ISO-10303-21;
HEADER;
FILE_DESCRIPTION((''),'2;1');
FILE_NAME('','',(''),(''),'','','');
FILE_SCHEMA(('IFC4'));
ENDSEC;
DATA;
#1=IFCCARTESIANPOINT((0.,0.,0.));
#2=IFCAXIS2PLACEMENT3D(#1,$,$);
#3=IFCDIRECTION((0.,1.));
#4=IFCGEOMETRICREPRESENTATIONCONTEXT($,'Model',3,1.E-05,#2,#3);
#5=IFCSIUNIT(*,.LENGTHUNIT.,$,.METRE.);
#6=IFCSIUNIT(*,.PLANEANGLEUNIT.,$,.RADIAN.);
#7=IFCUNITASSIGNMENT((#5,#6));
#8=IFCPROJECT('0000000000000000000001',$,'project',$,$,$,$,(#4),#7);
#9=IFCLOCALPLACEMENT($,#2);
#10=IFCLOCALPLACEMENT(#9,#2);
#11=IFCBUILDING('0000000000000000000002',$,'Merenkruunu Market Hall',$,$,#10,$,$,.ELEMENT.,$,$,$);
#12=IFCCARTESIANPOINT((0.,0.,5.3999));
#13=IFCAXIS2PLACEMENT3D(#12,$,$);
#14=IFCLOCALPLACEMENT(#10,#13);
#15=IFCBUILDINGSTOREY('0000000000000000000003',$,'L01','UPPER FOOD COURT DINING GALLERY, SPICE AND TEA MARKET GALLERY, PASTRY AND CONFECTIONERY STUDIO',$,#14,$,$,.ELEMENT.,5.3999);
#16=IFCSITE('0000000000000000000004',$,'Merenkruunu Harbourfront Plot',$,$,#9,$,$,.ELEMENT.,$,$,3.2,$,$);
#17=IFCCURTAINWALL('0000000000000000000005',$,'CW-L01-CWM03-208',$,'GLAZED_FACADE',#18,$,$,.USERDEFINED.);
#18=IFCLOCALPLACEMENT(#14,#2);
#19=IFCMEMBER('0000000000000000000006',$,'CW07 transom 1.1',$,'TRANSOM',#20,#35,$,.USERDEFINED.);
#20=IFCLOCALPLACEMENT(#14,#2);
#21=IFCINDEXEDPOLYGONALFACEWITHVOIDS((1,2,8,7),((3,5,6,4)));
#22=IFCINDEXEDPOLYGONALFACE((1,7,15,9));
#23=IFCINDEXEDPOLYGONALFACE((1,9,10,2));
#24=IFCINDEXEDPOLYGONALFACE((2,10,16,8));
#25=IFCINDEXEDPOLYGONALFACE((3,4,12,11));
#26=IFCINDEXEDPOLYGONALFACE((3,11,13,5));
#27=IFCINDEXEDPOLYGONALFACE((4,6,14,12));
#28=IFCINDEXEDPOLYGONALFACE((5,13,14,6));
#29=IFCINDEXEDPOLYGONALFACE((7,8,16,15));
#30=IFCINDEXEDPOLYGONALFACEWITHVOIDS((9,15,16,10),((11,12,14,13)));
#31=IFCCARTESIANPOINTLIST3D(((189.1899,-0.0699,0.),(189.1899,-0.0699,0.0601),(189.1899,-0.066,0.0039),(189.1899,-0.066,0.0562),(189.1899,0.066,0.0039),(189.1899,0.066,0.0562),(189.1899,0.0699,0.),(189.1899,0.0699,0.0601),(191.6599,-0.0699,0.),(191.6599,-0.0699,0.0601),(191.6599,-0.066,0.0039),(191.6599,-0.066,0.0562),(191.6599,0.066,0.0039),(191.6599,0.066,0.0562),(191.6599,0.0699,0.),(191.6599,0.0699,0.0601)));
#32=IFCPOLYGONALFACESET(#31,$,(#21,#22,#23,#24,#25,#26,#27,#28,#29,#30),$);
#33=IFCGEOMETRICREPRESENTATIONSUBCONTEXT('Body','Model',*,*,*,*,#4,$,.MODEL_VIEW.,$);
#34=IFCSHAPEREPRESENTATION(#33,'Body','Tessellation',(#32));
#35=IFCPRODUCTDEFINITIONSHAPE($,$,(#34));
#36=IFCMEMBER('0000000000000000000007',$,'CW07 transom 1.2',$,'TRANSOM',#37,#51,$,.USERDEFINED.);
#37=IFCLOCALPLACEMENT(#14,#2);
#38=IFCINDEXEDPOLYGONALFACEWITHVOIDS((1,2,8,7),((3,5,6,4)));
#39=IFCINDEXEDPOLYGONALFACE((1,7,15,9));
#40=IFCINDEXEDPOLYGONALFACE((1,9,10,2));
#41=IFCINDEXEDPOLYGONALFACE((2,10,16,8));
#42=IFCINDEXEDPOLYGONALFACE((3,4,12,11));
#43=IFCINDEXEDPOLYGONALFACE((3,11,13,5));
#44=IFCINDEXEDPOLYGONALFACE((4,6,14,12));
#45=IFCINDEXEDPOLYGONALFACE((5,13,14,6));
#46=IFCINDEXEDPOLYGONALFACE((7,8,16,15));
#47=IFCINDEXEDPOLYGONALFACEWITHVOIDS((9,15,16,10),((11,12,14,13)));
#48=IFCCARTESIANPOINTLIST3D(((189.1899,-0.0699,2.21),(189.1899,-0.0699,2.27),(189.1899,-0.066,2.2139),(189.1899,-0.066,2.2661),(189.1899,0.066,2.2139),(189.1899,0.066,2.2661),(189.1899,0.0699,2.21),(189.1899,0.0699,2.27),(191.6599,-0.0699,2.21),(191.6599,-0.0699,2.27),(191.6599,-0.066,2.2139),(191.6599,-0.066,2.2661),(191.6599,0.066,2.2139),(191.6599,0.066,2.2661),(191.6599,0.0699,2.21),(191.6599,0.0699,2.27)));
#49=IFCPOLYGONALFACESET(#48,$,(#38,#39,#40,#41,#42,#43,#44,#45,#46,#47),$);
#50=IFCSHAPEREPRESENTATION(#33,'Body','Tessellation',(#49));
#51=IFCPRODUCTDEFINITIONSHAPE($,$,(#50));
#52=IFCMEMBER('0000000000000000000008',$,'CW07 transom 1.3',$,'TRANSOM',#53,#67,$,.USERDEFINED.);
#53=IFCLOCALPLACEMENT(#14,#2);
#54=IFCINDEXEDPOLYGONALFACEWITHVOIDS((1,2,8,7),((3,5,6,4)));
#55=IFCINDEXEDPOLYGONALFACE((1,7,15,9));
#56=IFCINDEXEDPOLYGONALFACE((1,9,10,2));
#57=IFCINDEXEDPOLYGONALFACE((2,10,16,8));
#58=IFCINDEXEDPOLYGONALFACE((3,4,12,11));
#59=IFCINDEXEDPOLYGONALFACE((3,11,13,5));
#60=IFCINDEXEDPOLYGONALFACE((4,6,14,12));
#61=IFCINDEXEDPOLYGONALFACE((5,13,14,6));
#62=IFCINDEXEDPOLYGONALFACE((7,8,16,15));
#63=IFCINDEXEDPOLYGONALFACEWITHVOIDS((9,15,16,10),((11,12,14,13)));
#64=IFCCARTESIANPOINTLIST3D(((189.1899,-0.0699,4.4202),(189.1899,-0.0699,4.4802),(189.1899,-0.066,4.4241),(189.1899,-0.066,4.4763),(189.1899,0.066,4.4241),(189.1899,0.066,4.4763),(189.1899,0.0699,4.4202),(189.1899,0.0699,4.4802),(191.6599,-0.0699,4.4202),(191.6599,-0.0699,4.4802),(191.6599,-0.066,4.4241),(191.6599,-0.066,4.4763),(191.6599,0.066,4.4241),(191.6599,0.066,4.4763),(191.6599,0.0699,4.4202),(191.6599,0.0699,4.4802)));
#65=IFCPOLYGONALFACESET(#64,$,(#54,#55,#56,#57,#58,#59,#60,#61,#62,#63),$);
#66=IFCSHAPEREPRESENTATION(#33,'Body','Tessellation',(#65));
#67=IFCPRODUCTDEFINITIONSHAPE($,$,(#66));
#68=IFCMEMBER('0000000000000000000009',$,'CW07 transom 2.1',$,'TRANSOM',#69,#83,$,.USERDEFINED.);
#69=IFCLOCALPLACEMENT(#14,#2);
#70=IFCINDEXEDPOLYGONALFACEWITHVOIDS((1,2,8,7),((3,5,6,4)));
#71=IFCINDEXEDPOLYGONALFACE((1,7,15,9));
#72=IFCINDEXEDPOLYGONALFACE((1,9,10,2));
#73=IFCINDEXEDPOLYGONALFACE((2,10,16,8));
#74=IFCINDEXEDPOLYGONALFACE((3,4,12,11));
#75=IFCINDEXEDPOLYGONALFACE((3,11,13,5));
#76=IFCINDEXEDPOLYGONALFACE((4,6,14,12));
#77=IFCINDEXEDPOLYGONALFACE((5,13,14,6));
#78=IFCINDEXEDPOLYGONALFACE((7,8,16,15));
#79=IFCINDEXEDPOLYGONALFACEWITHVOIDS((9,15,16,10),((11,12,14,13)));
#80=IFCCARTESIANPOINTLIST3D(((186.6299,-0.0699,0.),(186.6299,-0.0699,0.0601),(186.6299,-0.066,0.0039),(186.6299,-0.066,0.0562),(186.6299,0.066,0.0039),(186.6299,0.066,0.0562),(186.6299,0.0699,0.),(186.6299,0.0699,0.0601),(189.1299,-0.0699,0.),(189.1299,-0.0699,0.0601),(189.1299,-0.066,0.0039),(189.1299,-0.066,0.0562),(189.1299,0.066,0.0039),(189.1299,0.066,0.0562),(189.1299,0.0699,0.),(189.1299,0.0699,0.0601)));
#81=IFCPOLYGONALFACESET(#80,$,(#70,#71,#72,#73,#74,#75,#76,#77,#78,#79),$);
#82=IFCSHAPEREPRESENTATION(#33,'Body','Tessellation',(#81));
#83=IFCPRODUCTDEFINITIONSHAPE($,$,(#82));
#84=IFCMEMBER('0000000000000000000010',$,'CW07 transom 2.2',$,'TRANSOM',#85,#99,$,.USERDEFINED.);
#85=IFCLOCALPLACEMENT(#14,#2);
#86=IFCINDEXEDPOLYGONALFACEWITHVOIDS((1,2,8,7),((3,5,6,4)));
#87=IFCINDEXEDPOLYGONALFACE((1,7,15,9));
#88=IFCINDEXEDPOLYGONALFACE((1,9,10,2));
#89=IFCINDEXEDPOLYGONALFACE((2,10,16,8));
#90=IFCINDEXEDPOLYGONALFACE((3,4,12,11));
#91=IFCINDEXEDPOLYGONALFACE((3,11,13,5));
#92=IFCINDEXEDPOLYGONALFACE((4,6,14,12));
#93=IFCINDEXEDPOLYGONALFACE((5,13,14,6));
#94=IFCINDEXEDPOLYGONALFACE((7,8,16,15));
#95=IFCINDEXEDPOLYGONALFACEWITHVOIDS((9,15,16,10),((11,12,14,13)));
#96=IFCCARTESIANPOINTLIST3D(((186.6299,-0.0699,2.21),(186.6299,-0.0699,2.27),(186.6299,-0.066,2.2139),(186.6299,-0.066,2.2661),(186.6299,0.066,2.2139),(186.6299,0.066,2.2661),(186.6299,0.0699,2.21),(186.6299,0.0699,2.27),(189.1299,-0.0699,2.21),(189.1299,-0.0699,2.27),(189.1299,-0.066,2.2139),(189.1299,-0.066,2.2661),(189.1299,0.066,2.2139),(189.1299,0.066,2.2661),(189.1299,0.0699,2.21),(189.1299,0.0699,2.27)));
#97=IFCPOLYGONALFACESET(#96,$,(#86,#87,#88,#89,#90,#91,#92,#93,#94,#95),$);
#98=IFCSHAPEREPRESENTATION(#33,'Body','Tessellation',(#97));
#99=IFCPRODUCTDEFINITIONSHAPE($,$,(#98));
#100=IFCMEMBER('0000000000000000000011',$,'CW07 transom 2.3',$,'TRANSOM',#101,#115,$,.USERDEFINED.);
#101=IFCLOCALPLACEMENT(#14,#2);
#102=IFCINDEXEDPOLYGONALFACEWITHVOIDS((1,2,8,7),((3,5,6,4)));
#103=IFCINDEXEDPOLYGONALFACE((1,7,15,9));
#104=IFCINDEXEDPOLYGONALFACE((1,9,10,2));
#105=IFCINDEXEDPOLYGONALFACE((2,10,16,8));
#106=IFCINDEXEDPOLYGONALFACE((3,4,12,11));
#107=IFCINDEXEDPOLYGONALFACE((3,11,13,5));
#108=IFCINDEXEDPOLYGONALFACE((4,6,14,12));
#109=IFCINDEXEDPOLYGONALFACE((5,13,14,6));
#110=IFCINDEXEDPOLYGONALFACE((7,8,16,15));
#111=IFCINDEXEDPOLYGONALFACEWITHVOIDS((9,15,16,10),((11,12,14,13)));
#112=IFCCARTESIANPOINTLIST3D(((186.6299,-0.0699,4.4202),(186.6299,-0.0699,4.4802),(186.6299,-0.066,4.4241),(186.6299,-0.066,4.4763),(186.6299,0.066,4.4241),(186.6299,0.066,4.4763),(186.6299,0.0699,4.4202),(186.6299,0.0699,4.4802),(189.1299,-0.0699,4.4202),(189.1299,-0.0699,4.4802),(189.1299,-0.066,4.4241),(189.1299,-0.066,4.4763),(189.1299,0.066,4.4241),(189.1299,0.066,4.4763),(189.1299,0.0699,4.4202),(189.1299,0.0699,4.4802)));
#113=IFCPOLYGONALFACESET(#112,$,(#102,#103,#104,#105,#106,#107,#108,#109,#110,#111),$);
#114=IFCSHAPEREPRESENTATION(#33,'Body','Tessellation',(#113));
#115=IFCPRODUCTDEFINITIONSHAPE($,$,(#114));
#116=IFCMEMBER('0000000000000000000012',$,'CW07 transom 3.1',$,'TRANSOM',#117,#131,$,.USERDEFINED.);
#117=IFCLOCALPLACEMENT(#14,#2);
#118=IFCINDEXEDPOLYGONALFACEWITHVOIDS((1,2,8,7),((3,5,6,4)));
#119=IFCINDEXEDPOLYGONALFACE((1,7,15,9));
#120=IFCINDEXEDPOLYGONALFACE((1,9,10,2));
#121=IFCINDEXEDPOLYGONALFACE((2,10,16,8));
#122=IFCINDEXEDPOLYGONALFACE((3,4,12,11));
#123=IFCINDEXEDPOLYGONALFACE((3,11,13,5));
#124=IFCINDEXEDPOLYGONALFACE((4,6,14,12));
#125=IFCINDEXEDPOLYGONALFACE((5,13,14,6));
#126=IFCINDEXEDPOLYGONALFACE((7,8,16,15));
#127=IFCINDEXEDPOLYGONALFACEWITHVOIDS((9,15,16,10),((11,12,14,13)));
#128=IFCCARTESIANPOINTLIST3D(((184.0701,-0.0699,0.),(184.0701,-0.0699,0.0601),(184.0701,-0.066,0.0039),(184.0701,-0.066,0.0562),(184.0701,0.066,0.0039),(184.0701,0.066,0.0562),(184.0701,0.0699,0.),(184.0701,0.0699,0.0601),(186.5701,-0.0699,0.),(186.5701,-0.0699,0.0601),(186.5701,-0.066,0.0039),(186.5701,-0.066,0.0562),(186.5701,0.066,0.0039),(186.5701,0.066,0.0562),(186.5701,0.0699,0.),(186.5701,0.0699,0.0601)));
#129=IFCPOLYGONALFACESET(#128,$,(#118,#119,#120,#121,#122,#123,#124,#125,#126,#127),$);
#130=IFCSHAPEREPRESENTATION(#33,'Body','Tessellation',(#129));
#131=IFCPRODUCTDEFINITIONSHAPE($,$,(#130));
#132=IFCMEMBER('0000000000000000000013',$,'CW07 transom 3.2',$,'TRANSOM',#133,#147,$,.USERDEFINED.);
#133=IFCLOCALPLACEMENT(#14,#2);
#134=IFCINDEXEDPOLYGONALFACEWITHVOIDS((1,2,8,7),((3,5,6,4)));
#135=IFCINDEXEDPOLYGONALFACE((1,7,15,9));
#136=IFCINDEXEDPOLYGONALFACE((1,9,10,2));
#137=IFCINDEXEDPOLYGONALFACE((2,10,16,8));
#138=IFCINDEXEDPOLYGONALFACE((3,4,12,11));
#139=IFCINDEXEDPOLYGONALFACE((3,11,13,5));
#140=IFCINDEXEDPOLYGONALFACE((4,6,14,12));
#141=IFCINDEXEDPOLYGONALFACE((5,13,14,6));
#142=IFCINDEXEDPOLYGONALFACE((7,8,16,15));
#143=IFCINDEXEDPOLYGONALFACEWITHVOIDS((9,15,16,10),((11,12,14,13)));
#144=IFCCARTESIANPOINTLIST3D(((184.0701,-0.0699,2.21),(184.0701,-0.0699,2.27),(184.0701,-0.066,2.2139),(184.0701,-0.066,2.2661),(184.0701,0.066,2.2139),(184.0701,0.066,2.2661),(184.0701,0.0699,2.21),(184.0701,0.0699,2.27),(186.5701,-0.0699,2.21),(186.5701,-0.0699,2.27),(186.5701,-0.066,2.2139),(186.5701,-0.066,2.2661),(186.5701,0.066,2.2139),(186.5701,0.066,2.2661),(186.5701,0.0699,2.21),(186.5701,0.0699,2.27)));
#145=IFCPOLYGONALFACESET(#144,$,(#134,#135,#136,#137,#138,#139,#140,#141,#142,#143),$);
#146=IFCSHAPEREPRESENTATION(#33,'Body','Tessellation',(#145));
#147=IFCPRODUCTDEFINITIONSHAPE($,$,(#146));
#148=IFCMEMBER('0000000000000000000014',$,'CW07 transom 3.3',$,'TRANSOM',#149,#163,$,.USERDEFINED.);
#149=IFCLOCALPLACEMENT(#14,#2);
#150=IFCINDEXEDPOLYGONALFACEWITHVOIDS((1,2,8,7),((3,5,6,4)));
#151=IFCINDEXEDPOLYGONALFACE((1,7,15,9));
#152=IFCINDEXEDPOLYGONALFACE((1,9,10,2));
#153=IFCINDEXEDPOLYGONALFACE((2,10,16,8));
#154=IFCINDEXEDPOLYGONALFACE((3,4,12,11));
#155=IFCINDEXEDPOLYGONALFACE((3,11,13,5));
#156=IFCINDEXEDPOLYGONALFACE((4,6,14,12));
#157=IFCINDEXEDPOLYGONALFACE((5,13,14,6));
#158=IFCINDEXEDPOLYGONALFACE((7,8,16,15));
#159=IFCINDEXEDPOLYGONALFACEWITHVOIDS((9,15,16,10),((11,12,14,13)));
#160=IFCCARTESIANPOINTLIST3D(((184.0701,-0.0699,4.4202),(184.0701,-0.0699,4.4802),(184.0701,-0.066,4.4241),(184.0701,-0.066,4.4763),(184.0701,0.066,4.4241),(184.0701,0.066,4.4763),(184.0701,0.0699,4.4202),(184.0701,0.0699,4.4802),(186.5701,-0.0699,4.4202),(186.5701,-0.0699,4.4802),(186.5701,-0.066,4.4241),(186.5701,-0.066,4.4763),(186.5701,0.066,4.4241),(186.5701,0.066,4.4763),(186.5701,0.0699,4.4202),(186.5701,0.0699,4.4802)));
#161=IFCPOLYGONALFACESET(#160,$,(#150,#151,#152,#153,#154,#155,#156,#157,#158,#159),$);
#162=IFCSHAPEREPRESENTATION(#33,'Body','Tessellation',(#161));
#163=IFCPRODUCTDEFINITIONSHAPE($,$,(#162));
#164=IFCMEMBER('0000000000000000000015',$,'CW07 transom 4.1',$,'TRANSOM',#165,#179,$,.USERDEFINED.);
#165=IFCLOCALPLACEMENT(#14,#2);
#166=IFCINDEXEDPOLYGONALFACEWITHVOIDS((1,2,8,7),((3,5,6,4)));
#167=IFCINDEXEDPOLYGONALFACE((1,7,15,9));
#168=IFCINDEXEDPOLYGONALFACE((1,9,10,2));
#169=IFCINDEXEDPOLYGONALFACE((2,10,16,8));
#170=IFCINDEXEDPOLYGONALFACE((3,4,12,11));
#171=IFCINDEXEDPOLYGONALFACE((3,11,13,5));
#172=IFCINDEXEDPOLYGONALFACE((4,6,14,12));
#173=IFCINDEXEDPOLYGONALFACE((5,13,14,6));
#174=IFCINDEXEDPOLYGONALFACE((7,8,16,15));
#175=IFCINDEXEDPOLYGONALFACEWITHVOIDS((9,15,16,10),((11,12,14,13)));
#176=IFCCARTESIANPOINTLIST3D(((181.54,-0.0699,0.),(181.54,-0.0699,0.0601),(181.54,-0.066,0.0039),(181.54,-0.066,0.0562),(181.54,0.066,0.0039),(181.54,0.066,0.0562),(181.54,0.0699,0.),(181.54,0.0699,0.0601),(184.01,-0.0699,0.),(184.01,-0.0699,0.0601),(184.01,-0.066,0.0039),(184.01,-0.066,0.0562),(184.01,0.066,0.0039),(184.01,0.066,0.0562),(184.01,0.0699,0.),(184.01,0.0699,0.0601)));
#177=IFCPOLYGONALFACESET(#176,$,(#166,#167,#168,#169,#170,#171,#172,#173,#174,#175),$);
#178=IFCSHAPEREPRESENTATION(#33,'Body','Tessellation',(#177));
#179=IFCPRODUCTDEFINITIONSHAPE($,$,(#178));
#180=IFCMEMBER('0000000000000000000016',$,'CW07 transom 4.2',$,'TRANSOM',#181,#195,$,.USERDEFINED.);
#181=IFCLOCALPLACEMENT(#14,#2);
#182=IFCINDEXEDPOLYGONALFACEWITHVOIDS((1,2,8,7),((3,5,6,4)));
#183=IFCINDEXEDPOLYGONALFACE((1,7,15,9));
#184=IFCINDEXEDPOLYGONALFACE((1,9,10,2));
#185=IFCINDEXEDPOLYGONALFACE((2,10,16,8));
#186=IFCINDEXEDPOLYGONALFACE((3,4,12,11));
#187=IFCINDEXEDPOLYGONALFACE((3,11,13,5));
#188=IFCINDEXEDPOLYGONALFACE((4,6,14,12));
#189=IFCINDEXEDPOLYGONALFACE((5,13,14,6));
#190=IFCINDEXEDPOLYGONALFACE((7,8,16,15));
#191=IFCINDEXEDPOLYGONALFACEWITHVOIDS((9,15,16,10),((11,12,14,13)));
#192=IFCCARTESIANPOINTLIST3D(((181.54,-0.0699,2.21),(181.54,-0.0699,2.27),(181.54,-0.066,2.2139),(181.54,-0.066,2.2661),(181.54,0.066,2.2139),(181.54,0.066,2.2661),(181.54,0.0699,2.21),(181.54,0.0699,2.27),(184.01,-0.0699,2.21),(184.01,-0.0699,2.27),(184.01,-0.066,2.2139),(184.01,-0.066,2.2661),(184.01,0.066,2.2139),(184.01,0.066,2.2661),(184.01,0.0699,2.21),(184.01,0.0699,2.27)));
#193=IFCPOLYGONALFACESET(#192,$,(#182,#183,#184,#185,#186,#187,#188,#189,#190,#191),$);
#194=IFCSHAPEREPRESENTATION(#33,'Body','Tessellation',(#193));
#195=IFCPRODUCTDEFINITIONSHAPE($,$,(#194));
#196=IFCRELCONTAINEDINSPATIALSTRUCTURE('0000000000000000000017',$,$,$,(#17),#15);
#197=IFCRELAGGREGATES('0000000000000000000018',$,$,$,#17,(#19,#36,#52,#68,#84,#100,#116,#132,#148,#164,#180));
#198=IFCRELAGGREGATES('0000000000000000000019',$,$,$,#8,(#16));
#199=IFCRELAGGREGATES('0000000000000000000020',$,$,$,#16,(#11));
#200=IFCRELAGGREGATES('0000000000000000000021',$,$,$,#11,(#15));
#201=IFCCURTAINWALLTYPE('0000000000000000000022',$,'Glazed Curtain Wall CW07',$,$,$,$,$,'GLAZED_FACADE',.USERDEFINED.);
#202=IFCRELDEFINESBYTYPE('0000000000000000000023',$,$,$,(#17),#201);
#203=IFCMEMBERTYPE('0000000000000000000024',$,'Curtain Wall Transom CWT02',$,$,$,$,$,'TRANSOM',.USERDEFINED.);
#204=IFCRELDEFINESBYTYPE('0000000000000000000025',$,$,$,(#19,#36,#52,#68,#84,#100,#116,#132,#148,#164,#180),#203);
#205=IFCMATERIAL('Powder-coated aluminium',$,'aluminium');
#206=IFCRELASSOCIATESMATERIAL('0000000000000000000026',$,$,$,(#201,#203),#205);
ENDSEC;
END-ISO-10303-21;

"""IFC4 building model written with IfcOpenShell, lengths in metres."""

from ifc_helpers import new_model, si_unit, direction, frame, origin, origin_2d, place, context, subcontext, project, spatial, hollow_rectangle, extrude, material, material_profile, profile_set, type_object, element, aggregate, save


model = new_model("IFC4")

# Units and contexts
model_context = context("Model", 3, precision=1e-05, world=origin(), true_north=direction((0.0, 1.0)))
body_context = subcontext(model_context, "Body", "Model", "MODEL_VIEW")
ifc_project = project(units=[si_unit("LENGTHUNIT", "METRE"), si_unit("PLANEANGLEUNIT", "RADIAN")], contexts=[model_context])

# Site, building, storey
site_placement = place(None, origin())
site = spatial("IfcSite", under=ifc_project, at=site_placement, Name="Merenkruunu Harbourfront Plot", CompositionType="ELEMENT", RefElevation=3.2)
building_placement = place(site_placement, origin())
building = spatial("IfcBuilding", under=site, at=building_placement, Name="Merenkruunu Market Hall", CompositionType="ELEMENT")
storey_placement = place(building_placement, frame((0.0, 0.0, 5.3999)))
storey = spatial("IfcBuildingStorey", under=building, at=storey_placement, Name="L01", Description="UPPER FOOD COURT DINING GALLERY, SPICE AND TEA MARKET GALLERY, PASTRY AND CONFECTIONERY STUDIO", CompositionType="ELEMENT", Elevation=5.3999)

# Curtain wall
ifc_material_1 = material(Name="Powder-coated aluminium", Category="aluminium")
curtain_wall_type = type_object("IfcCurtainWallType", Name="Glazed Curtain Wall CW07", ElementType="GLAZED_FACADE", PredefinedType="USERDEFINED", material=ifc_material_1)
curtain_wall_1_placement = place(storey_placement, origin())
curtain_wall_1 = element("IfcCurtainWall", 1, at=curtain_wall_1_placement, inside=storey, type_object=curtain_wall_type, Name="CW-L01-CWM03-208", ObjectType="GLAZED_FACADE", PredefinedType="USERDEFINED")

# Members
ifc_material_profile_1 = material_profile(ifc_material_1, hollow_rectangle(XDim=0.0601, YDim=0.1399, WallThickness=0.0039, at=origin_2d()), Name="ALU 60x140x4")
ifc_profile_set_1 = profile_set([ifc_material_profile_1], Name="Powder-coated aluminium")
member_type_1 = type_object("IfcMemberType", Name="Curtain Wall Transom CWT02", ElementType="TRANSOM", PredefinedType="USERDEFINED", material=ifc_profile_set_1)
member_1_placement = place(storey_placement, frame((191.6599, 0.0, 0.03), z_axis=(-1.0, 0.0, 0.0), x_axis=(0.0, 0.0, 1.0)))
member_1 = element("IfcMember", 2, at=member_1_placement, type_object=member_type_1, Name="CW07 transom 1.1", ObjectType="TRANSOM", PredefinedType="USERDEFINED", context=body_context, shape_type="SweptSolid", body=[
    extrude(hollow_rectangle(XDim=0.0601, YDim=0.1399, WallThickness=0.0039, at=origin_2d()), origin(), (0.0, 0.0, 1.0), 2.47),
])
member_2_placement = place(storey_placement, frame((191.6599, 0.0, 2.24), z_axis=(-1.0, 0.0, 0.0), x_axis=(0.0, 0.0, 1.0)))
member_2 = element("IfcMember", 3, at=member_2_placement, type_object=member_type_1, Name="CW07 transom 1.2", ObjectType="TRANSOM", PredefinedType="USERDEFINED", context=body_context, shape_type="SweptSolid", body=[
    extrude(hollow_rectangle(XDim=0.0601, YDim=0.1399, WallThickness=0.0039, at=origin_2d()), origin(), (0.0, 0.0, 1.0), 2.47),
])
member_3_placement = place(storey_placement, frame((191.6599, 0.0, 4.4502), z_axis=(-1.0, 0.0, 0.0), x_axis=(0.0, 0.0, 1.0)))
member_3 = element("IfcMember", 4, at=member_3_placement, type_object=member_type_1, Name="CW07 transom 1.3", ObjectType="TRANSOM", PredefinedType="USERDEFINED", context=body_context, shape_type="SweptSolid", body=[
    extrude(hollow_rectangle(XDim=0.0601, YDim=0.1399, WallThickness=0.0039, at=origin_2d()), origin(), (0.0, 0.0, 1.0), 2.47),
])
member_4_placement = place(storey_placement, frame((189.1299, 0.0, 0.03), z_axis=(-1.0, 0.0, 0.0), x_axis=(0.0, 0.0, 1.0)))
member_4 = element("IfcMember", 5, at=member_4_placement, type_object=member_type_1, Name="CW07 transom 2.1", ObjectType="TRANSOM", PredefinedType="USERDEFINED", context=body_context, shape_type="SweptSolid", body=[
    extrude(hollow_rectangle(XDim=0.0601, YDim=0.1399, WallThickness=0.0039, at=origin_2d()), origin(), (0.0, 0.0, 1.0), 2.5),
])
member_5_placement = place(storey_placement, frame((189.1299, 0.0, 2.24), z_axis=(-1.0, 0.0, 0.0), x_axis=(0.0, 0.0, 1.0)))
member_5 = element("IfcMember", 6, at=member_5_placement, type_object=member_type_1, Name="CW07 transom 2.2", ObjectType="TRANSOM", PredefinedType="USERDEFINED", context=body_context, shape_type="SweptSolid", body=[
    extrude(hollow_rectangle(XDim=0.0601, YDim=0.1399, WallThickness=0.0039, at=origin_2d()), origin(), (0.0, 0.0, 1.0), 2.5),
])
member_6_placement = place(storey_placement, frame((189.1299, 0.0, 4.4502), z_axis=(-1.0, 0.0, 0.0), x_axis=(0.0, 0.0, 1.0)))
member_6 = element("IfcMember", 7, at=member_6_placement, type_object=member_type_1, Name="CW07 transom 2.3", ObjectType="TRANSOM", PredefinedType="USERDEFINED", context=body_context, shape_type="SweptSolid", body=[
    extrude(hollow_rectangle(XDim=0.0601, YDim=0.1399, WallThickness=0.0039, at=origin_2d()), origin(), (0.0, 0.0, 1.0), 2.5),
])
member_7_placement = place(storey_placement, frame((186.5701, 0.0, 0.03), z_axis=(-1.0, 0.0, 0.0), x_axis=(0.0, 0.0, 1.0)))
member_7 = element("IfcMember", 8, at=member_7_placement, type_object=member_type_1, Name="CW07 transom 3.1", ObjectType="TRANSOM", PredefinedType="USERDEFINED", context=body_context, shape_type="SweptSolid", body=[
    extrude(hollow_rectangle(XDim=0.0601, YDim=0.1399, WallThickness=0.0039, at=origin_2d()), origin(), (0.0, 0.0, 1.0), 2.5),
])
member_8_placement = place(storey_placement, frame((186.5701, 0.0, 2.24), z_axis=(-1.0, 0.0, 0.0), x_axis=(0.0, 0.0, 1.0)))
member_8 = element("IfcMember", 9, at=member_8_placement, type_object=member_type_1, Name="CW07 transom 3.2", ObjectType="TRANSOM", PredefinedType="USERDEFINED", context=body_context, shape_type="SweptSolid", body=[
    extrude(hollow_rectangle(XDim=0.0601, YDim=0.1399, WallThickness=0.0039, at=origin_2d()), origin(), (0.0, 0.0, 1.0), 2.5),
])
member_9_placement = place(storey_placement, frame((186.5701, 0.0, 4.4502), z_axis=(-1.0, 0.0, 0.0), x_axis=(0.0, 0.0, 1.0)))
member_9 = element("IfcMember", 10, at=member_9_placement, type_object=member_type_1, Name="CW07 transom 3.3", ObjectType="TRANSOM", PredefinedType="USERDEFINED", context=body_context, shape_type="SweptSolid", body=[
    extrude(hollow_rectangle(XDim=0.0601, YDim=0.1399, WallThickness=0.0039, at=origin_2d()), origin(), (0.0, 0.0, 1.0), 2.5),
])
member_10_placement = place(storey_placement, frame((184.01, 0.0, 0.03), z_axis=(-1.0, 0.0, 0.0), x_axis=(0.0, 0.0, 1.0)))
member_10 = element("IfcMember", 11, at=member_10_placement, type_object=member_type_1, Name="CW07 transom 4.1", ObjectType="TRANSOM", PredefinedType="USERDEFINED", context=body_context, shape_type="SweptSolid", body=[
    extrude(hollow_rectangle(XDim=0.0601, YDim=0.1399, WallThickness=0.0039, at=origin_2d()), origin(), (0.0, 0.0, 1.0), 2.47),
])
member_11_placement = place(storey_placement, frame((184.01, 0.0, 2.24), z_axis=(-1.0, 0.0, 0.0), x_axis=(0.0, 0.0, 1.0)))
member_11 = element("IfcMember", 12, at=member_11_placement, type_object=member_type_1, Name="CW07 transom 4.2", ObjectType="TRANSOM", PredefinedType="USERDEFINED", context=body_context, shape_type="SweptSolid", body=[
    extrude(hollow_rectangle(XDim=0.0601, YDim=0.1399, WallThickness=0.0039, at=origin_2d()), origin(), (0.0, 0.0, 1.0), 2.47),
])

aggregate(curtain_wall_1, [member_1, member_2, member_3, member_4, member_5, member_6, member_7, member_8, member_9, member_10, member_11])

save(model, "model.ifc")
